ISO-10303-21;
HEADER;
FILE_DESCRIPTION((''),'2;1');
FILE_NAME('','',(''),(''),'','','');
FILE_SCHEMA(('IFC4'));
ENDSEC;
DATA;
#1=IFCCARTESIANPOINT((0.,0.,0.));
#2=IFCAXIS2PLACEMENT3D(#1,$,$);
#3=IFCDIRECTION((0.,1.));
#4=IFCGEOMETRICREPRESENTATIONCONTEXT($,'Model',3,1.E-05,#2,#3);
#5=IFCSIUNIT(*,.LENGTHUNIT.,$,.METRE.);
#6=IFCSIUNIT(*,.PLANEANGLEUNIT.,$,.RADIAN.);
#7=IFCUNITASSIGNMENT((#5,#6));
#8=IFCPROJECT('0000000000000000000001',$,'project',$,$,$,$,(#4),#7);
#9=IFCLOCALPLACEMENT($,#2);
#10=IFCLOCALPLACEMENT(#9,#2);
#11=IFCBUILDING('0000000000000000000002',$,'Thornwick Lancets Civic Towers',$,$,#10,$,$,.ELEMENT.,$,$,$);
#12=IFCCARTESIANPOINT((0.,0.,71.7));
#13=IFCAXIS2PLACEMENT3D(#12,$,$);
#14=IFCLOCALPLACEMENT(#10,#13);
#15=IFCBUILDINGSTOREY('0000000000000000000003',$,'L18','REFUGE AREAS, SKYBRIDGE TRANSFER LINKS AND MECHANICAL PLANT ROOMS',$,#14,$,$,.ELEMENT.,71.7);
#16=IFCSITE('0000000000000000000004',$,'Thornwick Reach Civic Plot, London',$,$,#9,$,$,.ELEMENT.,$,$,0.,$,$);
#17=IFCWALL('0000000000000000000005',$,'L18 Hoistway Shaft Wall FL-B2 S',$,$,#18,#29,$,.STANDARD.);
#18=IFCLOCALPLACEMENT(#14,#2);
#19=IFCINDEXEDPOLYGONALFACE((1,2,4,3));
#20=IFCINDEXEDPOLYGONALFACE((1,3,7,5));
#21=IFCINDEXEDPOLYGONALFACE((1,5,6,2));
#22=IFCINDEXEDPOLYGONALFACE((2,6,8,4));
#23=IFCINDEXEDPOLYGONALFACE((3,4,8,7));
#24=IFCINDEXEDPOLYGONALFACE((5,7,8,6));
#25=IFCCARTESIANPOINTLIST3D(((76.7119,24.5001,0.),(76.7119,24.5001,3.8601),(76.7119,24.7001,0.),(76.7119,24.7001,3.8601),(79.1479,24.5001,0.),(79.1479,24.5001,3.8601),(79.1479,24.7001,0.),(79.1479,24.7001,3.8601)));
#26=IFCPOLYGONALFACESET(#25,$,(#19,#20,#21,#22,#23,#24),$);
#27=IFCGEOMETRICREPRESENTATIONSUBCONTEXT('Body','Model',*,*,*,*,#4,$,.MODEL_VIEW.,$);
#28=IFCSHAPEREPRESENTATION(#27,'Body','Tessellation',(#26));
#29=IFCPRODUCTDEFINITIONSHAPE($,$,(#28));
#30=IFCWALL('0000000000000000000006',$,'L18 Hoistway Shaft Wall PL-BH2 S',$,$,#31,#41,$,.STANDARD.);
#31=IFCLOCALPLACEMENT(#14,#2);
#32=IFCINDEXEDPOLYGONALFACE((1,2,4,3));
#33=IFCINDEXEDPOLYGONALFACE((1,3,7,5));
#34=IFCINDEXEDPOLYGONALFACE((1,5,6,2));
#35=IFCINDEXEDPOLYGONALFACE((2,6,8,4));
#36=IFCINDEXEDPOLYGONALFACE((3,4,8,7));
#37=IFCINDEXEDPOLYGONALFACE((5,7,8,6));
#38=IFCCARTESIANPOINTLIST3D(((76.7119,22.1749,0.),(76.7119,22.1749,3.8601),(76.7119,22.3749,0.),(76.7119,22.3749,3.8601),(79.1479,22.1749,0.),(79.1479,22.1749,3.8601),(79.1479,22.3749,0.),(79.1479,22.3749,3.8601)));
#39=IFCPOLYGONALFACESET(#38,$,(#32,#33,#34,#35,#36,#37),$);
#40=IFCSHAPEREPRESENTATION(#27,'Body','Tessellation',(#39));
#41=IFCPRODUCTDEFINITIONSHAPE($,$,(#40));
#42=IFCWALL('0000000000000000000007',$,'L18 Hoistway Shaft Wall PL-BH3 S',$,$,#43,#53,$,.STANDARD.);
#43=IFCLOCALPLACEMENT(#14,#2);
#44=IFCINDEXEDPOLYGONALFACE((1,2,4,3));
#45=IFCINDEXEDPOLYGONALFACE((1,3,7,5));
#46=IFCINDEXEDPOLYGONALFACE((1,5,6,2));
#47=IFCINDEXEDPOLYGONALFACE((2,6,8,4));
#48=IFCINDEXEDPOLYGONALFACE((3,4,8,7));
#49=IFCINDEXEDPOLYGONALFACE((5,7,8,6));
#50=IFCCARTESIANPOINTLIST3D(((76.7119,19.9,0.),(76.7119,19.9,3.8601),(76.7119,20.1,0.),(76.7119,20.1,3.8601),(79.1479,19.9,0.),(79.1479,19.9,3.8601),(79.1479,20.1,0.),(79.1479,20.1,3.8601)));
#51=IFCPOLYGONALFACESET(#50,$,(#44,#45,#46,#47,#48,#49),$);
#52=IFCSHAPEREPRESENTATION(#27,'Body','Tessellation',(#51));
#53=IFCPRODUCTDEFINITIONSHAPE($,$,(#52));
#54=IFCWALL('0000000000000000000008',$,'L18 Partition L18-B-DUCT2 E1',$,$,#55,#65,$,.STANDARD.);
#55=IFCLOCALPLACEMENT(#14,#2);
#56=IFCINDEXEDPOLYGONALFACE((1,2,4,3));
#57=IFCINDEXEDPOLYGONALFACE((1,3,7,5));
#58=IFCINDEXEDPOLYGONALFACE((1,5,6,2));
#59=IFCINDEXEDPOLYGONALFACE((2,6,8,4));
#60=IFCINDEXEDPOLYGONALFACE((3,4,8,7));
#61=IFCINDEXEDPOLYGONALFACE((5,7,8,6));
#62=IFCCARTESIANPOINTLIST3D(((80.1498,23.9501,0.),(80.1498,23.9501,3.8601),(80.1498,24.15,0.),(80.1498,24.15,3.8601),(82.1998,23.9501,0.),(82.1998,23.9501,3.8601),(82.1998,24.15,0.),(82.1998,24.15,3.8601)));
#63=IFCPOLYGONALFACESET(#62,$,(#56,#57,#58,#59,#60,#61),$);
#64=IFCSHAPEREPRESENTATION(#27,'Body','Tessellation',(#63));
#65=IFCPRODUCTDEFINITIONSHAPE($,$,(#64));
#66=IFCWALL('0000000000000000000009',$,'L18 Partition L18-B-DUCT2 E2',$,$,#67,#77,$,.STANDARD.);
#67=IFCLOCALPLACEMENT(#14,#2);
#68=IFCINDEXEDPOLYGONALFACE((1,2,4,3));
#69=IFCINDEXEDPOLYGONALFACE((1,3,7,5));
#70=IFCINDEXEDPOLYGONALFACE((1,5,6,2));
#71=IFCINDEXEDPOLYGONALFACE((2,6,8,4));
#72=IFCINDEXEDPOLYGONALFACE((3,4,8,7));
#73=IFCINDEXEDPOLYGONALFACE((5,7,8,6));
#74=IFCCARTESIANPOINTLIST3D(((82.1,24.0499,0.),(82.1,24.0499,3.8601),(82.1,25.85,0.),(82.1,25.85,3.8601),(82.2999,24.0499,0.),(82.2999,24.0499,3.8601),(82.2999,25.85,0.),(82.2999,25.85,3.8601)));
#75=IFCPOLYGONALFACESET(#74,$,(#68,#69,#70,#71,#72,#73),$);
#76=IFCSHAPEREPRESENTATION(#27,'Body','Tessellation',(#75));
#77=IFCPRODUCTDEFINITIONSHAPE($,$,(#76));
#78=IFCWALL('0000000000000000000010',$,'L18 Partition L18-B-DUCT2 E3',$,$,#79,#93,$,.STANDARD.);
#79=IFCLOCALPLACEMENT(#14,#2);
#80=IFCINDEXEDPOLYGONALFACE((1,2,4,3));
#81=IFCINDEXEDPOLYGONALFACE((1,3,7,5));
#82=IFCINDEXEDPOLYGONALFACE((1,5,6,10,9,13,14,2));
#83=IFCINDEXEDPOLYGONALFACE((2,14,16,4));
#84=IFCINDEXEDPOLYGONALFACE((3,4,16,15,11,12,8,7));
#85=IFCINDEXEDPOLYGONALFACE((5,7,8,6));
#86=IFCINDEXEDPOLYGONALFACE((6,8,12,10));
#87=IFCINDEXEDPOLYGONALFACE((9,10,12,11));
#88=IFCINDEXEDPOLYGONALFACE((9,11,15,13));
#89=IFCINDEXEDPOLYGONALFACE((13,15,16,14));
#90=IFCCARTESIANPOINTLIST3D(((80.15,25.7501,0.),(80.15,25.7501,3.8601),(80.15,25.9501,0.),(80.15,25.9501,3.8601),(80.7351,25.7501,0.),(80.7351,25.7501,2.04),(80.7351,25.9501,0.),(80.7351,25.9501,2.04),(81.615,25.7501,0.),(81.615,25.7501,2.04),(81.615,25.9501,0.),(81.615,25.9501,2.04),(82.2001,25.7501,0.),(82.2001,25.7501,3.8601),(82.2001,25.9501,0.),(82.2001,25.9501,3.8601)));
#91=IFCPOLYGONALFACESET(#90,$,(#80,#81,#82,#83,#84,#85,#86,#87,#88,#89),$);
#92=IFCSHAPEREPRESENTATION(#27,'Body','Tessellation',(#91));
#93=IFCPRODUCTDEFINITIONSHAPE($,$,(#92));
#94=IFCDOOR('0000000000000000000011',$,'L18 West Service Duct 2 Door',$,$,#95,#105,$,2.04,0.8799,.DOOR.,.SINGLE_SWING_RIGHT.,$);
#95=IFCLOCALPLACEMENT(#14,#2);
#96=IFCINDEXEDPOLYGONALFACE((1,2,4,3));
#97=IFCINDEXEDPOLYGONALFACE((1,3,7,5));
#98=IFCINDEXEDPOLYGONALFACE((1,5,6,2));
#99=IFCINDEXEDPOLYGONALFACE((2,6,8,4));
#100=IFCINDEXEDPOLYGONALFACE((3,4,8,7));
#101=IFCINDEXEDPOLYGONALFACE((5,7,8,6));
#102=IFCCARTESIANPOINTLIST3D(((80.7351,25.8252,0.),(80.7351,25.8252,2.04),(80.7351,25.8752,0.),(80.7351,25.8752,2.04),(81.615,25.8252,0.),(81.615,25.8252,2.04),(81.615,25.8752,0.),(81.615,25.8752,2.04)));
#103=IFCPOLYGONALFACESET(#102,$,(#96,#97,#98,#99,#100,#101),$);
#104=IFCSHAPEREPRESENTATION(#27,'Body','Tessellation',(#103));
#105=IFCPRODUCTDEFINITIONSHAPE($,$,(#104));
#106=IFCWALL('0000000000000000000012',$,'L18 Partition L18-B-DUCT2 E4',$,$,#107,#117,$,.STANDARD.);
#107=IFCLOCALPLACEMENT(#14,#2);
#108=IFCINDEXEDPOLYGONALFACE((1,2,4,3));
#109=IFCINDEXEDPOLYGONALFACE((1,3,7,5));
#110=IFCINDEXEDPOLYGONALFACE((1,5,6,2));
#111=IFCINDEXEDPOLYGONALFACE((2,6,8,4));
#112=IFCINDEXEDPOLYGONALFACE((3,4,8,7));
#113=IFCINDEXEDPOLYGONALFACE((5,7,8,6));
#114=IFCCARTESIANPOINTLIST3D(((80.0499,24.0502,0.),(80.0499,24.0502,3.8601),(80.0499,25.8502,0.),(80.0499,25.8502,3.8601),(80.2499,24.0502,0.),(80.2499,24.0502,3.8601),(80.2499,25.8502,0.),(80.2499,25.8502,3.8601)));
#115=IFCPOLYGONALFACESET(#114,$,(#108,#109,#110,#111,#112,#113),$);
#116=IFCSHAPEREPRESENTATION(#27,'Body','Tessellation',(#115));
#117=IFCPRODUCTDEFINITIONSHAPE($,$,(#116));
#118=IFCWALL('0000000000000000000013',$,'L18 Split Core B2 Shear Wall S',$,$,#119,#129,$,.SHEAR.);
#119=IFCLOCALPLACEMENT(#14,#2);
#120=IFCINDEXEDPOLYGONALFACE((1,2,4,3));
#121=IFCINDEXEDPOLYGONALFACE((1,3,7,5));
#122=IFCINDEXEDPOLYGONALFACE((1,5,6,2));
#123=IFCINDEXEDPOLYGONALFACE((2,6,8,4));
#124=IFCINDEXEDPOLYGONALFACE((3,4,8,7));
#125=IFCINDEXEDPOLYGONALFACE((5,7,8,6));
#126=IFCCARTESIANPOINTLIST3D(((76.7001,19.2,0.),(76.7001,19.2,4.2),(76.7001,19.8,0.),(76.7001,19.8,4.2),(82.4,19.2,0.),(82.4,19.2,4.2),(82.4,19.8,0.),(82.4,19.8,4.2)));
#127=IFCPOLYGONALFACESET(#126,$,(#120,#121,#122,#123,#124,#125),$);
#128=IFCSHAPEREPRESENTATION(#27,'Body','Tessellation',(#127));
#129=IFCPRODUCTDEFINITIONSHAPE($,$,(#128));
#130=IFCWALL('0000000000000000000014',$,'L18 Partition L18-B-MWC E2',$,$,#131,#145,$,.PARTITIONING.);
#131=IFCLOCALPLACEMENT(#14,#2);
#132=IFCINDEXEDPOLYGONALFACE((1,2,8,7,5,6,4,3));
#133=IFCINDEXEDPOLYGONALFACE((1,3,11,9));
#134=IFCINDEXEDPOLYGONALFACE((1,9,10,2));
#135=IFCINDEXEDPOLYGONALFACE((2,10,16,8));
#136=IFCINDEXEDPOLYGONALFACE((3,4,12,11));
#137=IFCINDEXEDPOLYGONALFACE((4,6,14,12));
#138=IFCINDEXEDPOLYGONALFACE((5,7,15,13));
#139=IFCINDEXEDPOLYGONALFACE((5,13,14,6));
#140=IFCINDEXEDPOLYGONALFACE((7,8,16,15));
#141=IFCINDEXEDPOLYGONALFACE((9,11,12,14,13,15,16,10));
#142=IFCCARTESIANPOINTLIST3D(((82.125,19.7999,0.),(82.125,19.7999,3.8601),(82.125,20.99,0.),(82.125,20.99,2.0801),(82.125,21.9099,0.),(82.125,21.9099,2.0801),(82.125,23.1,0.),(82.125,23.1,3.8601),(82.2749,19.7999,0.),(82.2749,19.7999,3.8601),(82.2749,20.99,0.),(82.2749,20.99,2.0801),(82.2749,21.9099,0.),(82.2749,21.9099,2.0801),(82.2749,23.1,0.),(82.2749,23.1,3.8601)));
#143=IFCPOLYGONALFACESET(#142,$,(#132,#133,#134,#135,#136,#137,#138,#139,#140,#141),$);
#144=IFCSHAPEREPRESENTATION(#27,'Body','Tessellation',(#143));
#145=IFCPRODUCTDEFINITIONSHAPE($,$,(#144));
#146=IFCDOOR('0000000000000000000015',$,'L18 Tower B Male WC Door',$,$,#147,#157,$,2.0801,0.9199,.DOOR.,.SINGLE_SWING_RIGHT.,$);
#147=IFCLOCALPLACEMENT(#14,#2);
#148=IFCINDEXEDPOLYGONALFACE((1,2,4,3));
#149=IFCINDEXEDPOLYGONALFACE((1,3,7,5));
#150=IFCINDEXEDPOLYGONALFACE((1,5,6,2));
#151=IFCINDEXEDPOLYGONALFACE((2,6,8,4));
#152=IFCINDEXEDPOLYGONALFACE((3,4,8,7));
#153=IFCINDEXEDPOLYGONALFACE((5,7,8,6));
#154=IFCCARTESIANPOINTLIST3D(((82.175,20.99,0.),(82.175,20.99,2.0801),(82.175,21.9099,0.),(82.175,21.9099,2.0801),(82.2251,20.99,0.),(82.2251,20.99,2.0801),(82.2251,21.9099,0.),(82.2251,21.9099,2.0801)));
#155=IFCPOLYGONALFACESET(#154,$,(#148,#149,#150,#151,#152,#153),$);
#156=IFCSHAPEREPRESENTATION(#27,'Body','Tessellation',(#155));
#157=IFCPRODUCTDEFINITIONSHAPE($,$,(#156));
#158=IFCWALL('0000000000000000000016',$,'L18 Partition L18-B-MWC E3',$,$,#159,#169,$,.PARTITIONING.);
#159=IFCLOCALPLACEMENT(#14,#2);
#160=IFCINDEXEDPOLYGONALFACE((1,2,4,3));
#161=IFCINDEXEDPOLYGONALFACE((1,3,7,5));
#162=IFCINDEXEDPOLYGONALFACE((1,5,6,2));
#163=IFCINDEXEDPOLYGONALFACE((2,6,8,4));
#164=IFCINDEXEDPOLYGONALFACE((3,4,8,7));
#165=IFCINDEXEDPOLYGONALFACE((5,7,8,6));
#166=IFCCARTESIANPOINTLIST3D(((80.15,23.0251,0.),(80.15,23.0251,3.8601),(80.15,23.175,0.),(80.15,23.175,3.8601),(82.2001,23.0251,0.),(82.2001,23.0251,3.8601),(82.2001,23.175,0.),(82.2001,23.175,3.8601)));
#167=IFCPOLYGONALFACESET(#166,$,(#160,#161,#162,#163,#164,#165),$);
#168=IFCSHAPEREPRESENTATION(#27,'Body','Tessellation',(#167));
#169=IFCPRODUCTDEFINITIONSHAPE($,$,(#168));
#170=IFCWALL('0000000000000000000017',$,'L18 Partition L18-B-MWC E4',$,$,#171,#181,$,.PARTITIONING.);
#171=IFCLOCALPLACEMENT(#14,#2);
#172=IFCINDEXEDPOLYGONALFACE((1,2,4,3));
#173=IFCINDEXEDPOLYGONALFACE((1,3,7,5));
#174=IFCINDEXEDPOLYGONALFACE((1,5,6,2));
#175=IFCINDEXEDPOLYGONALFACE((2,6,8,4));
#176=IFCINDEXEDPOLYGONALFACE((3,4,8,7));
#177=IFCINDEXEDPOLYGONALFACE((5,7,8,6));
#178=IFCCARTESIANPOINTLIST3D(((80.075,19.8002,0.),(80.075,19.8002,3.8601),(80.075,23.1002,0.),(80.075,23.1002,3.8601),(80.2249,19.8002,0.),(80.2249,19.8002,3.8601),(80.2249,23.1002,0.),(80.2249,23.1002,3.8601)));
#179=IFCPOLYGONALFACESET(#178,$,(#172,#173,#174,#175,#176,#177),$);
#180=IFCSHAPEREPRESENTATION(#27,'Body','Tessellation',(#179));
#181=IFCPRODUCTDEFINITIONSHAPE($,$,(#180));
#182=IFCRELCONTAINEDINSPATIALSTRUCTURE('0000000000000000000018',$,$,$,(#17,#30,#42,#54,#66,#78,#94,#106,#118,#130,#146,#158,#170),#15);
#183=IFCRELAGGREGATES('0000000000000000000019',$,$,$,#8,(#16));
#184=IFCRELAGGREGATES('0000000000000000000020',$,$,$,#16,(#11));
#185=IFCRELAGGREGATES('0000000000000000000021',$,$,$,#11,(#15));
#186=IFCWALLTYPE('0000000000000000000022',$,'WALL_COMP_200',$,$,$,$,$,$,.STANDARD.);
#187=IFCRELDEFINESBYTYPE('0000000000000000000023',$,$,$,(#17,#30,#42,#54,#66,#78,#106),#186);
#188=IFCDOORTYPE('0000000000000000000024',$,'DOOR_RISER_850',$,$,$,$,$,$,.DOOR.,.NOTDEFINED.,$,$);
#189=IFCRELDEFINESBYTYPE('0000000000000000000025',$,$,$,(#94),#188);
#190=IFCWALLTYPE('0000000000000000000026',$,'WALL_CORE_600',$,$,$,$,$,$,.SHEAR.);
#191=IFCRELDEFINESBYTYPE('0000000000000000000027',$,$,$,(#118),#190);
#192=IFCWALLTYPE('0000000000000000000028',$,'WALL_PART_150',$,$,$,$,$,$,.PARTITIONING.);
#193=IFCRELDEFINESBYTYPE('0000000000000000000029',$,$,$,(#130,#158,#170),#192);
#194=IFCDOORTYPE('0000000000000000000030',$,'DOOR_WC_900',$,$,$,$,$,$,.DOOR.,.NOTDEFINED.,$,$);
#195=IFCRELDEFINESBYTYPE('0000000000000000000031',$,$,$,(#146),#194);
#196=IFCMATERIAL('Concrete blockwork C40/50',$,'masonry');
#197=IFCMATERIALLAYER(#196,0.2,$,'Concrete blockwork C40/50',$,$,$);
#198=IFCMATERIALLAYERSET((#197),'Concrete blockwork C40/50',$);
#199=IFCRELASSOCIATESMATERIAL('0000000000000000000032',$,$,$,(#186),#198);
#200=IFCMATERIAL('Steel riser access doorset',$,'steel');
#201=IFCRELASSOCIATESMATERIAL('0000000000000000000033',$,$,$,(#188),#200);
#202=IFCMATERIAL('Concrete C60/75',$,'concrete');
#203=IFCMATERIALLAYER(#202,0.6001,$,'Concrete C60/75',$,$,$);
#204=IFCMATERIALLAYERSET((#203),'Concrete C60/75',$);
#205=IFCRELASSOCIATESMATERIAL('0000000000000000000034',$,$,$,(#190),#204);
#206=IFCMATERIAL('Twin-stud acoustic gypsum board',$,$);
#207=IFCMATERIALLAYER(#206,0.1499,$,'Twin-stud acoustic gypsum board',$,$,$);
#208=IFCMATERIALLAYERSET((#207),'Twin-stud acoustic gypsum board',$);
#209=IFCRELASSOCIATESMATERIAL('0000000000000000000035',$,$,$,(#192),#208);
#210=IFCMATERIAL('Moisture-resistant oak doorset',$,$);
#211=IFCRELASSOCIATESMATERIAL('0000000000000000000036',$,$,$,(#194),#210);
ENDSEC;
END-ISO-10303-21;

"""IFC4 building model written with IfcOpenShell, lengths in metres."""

from ifc_helpers import new_model, si_unit, direction, frame, frame_2d, origin, place, context, subcontext, project, spatial, rectangle, extrude, material, layer, layer_set, type_object, element, fill, save


model = new_model("IFC4")

# Units and contexts
model_context = context("Model", 3, precision=1e-05, world=origin(), true_north=direction((0.0, 1.0)))
body_context = subcontext(model_context, "Body", "Model", "MODEL_VIEW")
ifc_project = project(units=[si_unit("LENGTHUNIT", "METRE"), si_unit("PLANEANGLEUNIT", "RADIAN")], contexts=[model_context])

# Site, building, storey
site_placement = place(None, origin())
site = spatial("IfcSite", under=ifc_project, at=site_placement, Name="Thornwick Reach Civic Plot, London", CompositionType="ELEMENT", RefElevation=0.0)
building_placement = place(site_placement, origin())
building = spatial("IfcBuilding", under=site, at=building_placement, Name="Thornwick Lancets Civic Towers", CompositionType="ELEMENT")
storey_placement = place(building_placement, frame((0.0, 0.0, 71.7)))
storey = spatial("IfcBuildingStorey", under=building, at=storey_placement, Name="L18", Description="REFUGE AREAS, SKYBRIDGE TRANSFER LINKS AND MECHANICAL PLANT ROOMS", CompositionType="ELEMENT", Elevation=71.7)

# Shared definitions
ifc_material_1 = material(Name="Concrete C60/75", Category="concrete")

# Shared definitions
ifc_material_2 = material(Name="Concrete blockwork C40/50", Category="masonry")
ifc_layer_1 = layer(ifc_material_2, 0.2, Name="Concrete blockwork C40/50")
ifc_layer_set_1 = layer_set([ifc_layer_1], Name="Concrete blockwork C40/50")
wall_type_1 = type_object("IfcWallType", Name="WALL_COMP_200", PredefinedType="STANDARD", material=ifc_layer_set_1)

# Walls
for number, where, z_axis, x_axis, name in (
    (1, (76.7119, 24.6001, 0.0), (0.0, 0.0, 1.0), (1.0, 0.0, 0.0), "L18 Hoistway Shaft Wall FL-B2 S"),
    (2, (76.7119, 22.2749, 0.0), (0.0, 0.0, 1.0), (1.0, 0.0, 0.0), "L18 Hoistway Shaft Wall PL-BH2 S"),
    (3, (76.7119, 20.0, 0.0), (0.0, 0.0, 1.0), (1.0, 0.0, 0.0), "L18 Hoistway Shaft Wall PL-BH3 S"),
):
    element("IfcWall", number, at=place(storey_placement, frame(where, z_axis=z_axis, x_axis=x_axis)), inside=storey, type_object=wall_type_1, Name=name, PredefinedType="STANDARD", context=body_context, shape_type="SweptSolid", body=[
        extrude(rectangle(XDim=2.436, YDim=0.2, at=frame_2d((1.218, 0.0))), origin(), (0.0, 0.0, 1.0), 3.8601),
    ])
wall_1_placement = place(storey_placement, frame((80.1499, 24.05, 0.0), z_axis=(0.0, 0.0, 1.0), x_axis=(1.0, 0.0, 0.0)))
element("IfcWall", 4, at=wall_1_placement, inside=storey, type_object=wall_type_1, Name="L18 Partition L18-B-DUCT2 E1", PredefinedType="STANDARD", context=body_context, shape_type="SweptSolid", body=[
    extrude(rectangle(XDim=2.05, YDim=0.2, at=frame_2d((1.0249, 0.0))), origin(), (0.0, 0.0, 1.0), 3.8601),
])
wall_2_placement = place(storey_placement, frame((82.2, 24.05, 0.0), z_axis=(0.0, 0.0, 1.0), x_axis=(0.0, 1.0, 0.0)))
element("IfcWall", 5, at=wall_2_placement, inside=storey, type_object=wall_type_1, Name="L18 Partition L18-B-DUCT2 E2", PredefinedType="STANDARD", context=body_context, shape_type="SweptSolid", body=[
    extrude(rectangle(XDim=1.8, YDim=0.2, at=frame_2d((0.8999, 0.0))), origin(), (0.0, 0.0, 1.0), 3.8601),
])

# Wall, opening, door
wall_3_placement = place(storey_placement, frame((82.2, 25.8501, 0.0), z_axis=(0.0, 0.0, 1.0), x_axis=(-1.0, 0.0, 0.0)))
wall_3 = element("IfcWall", 6, at=wall_3_placement, inside=storey, type_object=wall_type_1, Name="L18 Partition L18-B-DUCT2 E3", PredefinedType="STANDARD", context=body_context, shape_type="SweptSolid", body=[
    extrude(rectangle(XDim=2.05, YDim=0.2, at=frame_2d((1.0249, 0.0))), origin(), (0.0, 0.0, 1.0), 3.8601),
])
opening_1_placement = place(wall_3_placement, frame((0.585, 0.0, 0.0)))
opening_1 = element("IfcOpeningElement", 7, at=opening_1_placement, cuts=wall_3, PredefinedType="OPENING", context=body_context, shape_type="SweptSolid", body=[
    extrude(rectangle(XDim=0.8799, YDim=2.04, at=frame_2d((0.4399, 1.02))), frame((0.0, 0.1099, 0.0), z_axis=(0.0, -1.0, 0.0), x_axis=(1.0, 0.0, 0.0)), (0.0, 0.0, 1.0), 0.22),
])
ifc_material_3 = material(Name="Steel riser access doorset", Category="steel")
door_type_1 = type_object("IfcDoorType", Name="DOOR_RISER_850", OperationType="NOTDEFINED", PredefinedType="DOOR", material=ifc_material_3)
door_1_placement = place(opening_1_placement, origin())
door_1 = element("IfcDoor", 8, at=door_1_placement, inside=storey, type_object=door_type_1, Name="L18 West Service Duct 2 Door", OperationType="SINGLE_SWING_RIGHT", OverallHeight=2.04, OverallWidth=0.8799, PredefinedType="DOOR", context=body_context, shape_type="SweptSolid", body=[
    extrude(rectangle(XDim=0.8799, YDim=2.04, at=frame_2d((0.4399, 1.02))), frame((0.0, 0.0249, 0.0), z_axis=(0.0, -1.0, 0.0), x_axis=(1.0, 0.0, 0.0)), (0.0, 0.0, 1.0), 0.05),
])
fill(opening_1, door_1)

# Walls
wall_4_placement = place(storey_placement, frame((80.1499, 25.8501, 0.0), z_axis=(0.0, 0.0, 1.0), x_axis=(0.0, -1.0, 0.0)))
element("IfcWall", 9, at=wall_4_placement, inside=storey, type_object=wall_type_1, Name="L18 Partition L18-B-DUCT2 E4", PredefinedType="STANDARD", context=body_context, shape_type="SweptSolid", body=[
    extrude(rectangle(XDim=1.8, YDim=0.2, at=frame_2d((0.8999, 0.0))), origin(), (0.0, 0.0, 1.0), 3.8601),
])
ifc_layer_2 = layer(ifc_material_1, 0.6001, Name="Concrete C60/75")
ifc_layer_set_2 = layer_set([ifc_layer_2], Name="Concrete C60/75")
wall_type_2 = type_object("IfcWallType", Name="WALL_CORE_600", PredefinedType="SHEAR", material=ifc_layer_set_2)
wall_5_placement = place(storey_placement, frame((76.7, 19.5, 0.0), z_axis=(0.0, 0.0, 1.0), x_axis=(1.0, 0.0, 0.0)))
element("IfcWall", 10, at=wall_5_placement, inside=storey, type_object=wall_type_2, Name="L18 Split Core B2 Shear Wall S", PredefinedType="SHEAR", context=body_context, shape_type="SweptSolid", body=[
    extrude(rectangle(XDim=5.7, YDim=0.6001, at=frame_2d((2.8501, 0.0))), origin(), (0.0, 0.0, 1.0), 4.2),
])

# Wall, opening, door
ifc_material_4 = material(Name="Twin-stud acoustic gypsum board")
ifc_layer_3 = layer(ifc_material_4, 0.1499, Name="Twin-stud acoustic gypsum board")
ifc_layer_set_3 = layer_set([ifc_layer_3], Name="Twin-stud acoustic gypsum board")
wall_type_3 = type_object("IfcWallType", Name="WALL_PART_150", PredefinedType="PARTITIONING", material=ifc_layer_set_3)
wall_6_placement = place(storey_placement, frame((82.2, 19.8, 0.0), z_axis=(0.0, 0.0, 1.0), x_axis=(0.0, 1.0, 0.0)))
wall_6 = element("IfcWall", 11, at=wall_6_placement, inside=storey, type_object=wall_type_3, Name="L18 Partition L18-B-MWC E2", PredefinedType="PARTITIONING", context=body_context, shape_type="SweptSolid", body=[
    extrude(rectangle(XDim=3.3, YDim=0.1499, at=frame_2d((1.6499, 0.0))), origin(), (0.0, 0.0, 1.0), 3.8601),
])
opening_2_placement = place(wall_6_placement, frame((1.1899, 0.0, 0.0)))
opening_2 = element("IfcOpeningElement", 12, at=opening_2_placement, cuts=wall_6, PredefinedType="OPENING", context=body_context, shape_type="SweptSolid", body=[
    extrude(rectangle(XDim=0.9199, YDim=2.0801, at=frame_2d((0.46, 1.04))), frame((0.0, 0.085, 0.0), z_axis=(0.0, -1.0, 0.0), x_axis=(1.0, 0.0, 0.0)), (0.0, 0.0, 1.0), 0.1699),
])
ifc_material_5 = material(Name="Moisture-resistant oak doorset")
door_type_2 = type_object("IfcDoorType", Name="DOOR_WC_900", OperationType="NOTDEFINED", PredefinedType="DOOR", material=ifc_material_5)
door_2_placement = place(opening_2_placement, origin())
door_2 = element("IfcDoor", 13, at=door_2_placement, inside=storey, type_object=door_type_2, Name="L18 Tower B Male WC Door", OperationType="SINGLE_SWING_RIGHT", OverallHeight=2.0801, OverallWidth=0.9199, PredefinedType="DOOR", context=body_context, shape_type="SweptSolid", body=[
    extrude(rectangle(XDim=0.9199, YDim=2.0801, at=frame_2d((0.46, 1.04))), frame((0.0, 0.0249, 0.0), z_axis=(0.0, -1.0, 0.0), x_axis=(1.0, 0.0, 0.0)), (0.0, 0.0, 1.0), 0.05),
])
fill(opening_2, door_2)

# Walls
wall_7_placement = place(storey_placement, frame((82.2, 23.1001, 0.0), z_axis=(0.0, 0.0, 1.0), x_axis=(-1.0, 0.0, 0.0)))
element("IfcWall", 14, at=wall_7_placement, inside=storey, type_object=wall_type_3, Name="L18 Partition L18-B-MWC E3", PredefinedType="PARTITIONING", context=body_context, shape_type="SweptSolid", body=[
    extrude(rectangle(XDim=2.05, YDim=0.1499, at=frame_2d((1.0249, 0.0))), origin(), (0.0, 0.0, 1.0), 3.8601),
])
wall_8_placement = place(storey_placement, frame((80.1499, 23.1001, 0.0), z_axis=(0.0, 0.0, 1.0), x_axis=(0.0, -1.0, 0.0)))
element("IfcWall", 15, at=wall_8_placement, inside=storey, type_object=wall_type_3, Name="L18 Partition L18-B-MWC E4", PredefinedType="PARTITIONING", context=body_context, shape_type="SweptSolid", body=[
    extrude(rectangle(XDim=3.3, YDim=0.1499, at=frame_2d((1.6499, 0.0))), origin(), (0.0, 0.0, 1.0), 3.8601),
])

save(model, "model.ifc")
